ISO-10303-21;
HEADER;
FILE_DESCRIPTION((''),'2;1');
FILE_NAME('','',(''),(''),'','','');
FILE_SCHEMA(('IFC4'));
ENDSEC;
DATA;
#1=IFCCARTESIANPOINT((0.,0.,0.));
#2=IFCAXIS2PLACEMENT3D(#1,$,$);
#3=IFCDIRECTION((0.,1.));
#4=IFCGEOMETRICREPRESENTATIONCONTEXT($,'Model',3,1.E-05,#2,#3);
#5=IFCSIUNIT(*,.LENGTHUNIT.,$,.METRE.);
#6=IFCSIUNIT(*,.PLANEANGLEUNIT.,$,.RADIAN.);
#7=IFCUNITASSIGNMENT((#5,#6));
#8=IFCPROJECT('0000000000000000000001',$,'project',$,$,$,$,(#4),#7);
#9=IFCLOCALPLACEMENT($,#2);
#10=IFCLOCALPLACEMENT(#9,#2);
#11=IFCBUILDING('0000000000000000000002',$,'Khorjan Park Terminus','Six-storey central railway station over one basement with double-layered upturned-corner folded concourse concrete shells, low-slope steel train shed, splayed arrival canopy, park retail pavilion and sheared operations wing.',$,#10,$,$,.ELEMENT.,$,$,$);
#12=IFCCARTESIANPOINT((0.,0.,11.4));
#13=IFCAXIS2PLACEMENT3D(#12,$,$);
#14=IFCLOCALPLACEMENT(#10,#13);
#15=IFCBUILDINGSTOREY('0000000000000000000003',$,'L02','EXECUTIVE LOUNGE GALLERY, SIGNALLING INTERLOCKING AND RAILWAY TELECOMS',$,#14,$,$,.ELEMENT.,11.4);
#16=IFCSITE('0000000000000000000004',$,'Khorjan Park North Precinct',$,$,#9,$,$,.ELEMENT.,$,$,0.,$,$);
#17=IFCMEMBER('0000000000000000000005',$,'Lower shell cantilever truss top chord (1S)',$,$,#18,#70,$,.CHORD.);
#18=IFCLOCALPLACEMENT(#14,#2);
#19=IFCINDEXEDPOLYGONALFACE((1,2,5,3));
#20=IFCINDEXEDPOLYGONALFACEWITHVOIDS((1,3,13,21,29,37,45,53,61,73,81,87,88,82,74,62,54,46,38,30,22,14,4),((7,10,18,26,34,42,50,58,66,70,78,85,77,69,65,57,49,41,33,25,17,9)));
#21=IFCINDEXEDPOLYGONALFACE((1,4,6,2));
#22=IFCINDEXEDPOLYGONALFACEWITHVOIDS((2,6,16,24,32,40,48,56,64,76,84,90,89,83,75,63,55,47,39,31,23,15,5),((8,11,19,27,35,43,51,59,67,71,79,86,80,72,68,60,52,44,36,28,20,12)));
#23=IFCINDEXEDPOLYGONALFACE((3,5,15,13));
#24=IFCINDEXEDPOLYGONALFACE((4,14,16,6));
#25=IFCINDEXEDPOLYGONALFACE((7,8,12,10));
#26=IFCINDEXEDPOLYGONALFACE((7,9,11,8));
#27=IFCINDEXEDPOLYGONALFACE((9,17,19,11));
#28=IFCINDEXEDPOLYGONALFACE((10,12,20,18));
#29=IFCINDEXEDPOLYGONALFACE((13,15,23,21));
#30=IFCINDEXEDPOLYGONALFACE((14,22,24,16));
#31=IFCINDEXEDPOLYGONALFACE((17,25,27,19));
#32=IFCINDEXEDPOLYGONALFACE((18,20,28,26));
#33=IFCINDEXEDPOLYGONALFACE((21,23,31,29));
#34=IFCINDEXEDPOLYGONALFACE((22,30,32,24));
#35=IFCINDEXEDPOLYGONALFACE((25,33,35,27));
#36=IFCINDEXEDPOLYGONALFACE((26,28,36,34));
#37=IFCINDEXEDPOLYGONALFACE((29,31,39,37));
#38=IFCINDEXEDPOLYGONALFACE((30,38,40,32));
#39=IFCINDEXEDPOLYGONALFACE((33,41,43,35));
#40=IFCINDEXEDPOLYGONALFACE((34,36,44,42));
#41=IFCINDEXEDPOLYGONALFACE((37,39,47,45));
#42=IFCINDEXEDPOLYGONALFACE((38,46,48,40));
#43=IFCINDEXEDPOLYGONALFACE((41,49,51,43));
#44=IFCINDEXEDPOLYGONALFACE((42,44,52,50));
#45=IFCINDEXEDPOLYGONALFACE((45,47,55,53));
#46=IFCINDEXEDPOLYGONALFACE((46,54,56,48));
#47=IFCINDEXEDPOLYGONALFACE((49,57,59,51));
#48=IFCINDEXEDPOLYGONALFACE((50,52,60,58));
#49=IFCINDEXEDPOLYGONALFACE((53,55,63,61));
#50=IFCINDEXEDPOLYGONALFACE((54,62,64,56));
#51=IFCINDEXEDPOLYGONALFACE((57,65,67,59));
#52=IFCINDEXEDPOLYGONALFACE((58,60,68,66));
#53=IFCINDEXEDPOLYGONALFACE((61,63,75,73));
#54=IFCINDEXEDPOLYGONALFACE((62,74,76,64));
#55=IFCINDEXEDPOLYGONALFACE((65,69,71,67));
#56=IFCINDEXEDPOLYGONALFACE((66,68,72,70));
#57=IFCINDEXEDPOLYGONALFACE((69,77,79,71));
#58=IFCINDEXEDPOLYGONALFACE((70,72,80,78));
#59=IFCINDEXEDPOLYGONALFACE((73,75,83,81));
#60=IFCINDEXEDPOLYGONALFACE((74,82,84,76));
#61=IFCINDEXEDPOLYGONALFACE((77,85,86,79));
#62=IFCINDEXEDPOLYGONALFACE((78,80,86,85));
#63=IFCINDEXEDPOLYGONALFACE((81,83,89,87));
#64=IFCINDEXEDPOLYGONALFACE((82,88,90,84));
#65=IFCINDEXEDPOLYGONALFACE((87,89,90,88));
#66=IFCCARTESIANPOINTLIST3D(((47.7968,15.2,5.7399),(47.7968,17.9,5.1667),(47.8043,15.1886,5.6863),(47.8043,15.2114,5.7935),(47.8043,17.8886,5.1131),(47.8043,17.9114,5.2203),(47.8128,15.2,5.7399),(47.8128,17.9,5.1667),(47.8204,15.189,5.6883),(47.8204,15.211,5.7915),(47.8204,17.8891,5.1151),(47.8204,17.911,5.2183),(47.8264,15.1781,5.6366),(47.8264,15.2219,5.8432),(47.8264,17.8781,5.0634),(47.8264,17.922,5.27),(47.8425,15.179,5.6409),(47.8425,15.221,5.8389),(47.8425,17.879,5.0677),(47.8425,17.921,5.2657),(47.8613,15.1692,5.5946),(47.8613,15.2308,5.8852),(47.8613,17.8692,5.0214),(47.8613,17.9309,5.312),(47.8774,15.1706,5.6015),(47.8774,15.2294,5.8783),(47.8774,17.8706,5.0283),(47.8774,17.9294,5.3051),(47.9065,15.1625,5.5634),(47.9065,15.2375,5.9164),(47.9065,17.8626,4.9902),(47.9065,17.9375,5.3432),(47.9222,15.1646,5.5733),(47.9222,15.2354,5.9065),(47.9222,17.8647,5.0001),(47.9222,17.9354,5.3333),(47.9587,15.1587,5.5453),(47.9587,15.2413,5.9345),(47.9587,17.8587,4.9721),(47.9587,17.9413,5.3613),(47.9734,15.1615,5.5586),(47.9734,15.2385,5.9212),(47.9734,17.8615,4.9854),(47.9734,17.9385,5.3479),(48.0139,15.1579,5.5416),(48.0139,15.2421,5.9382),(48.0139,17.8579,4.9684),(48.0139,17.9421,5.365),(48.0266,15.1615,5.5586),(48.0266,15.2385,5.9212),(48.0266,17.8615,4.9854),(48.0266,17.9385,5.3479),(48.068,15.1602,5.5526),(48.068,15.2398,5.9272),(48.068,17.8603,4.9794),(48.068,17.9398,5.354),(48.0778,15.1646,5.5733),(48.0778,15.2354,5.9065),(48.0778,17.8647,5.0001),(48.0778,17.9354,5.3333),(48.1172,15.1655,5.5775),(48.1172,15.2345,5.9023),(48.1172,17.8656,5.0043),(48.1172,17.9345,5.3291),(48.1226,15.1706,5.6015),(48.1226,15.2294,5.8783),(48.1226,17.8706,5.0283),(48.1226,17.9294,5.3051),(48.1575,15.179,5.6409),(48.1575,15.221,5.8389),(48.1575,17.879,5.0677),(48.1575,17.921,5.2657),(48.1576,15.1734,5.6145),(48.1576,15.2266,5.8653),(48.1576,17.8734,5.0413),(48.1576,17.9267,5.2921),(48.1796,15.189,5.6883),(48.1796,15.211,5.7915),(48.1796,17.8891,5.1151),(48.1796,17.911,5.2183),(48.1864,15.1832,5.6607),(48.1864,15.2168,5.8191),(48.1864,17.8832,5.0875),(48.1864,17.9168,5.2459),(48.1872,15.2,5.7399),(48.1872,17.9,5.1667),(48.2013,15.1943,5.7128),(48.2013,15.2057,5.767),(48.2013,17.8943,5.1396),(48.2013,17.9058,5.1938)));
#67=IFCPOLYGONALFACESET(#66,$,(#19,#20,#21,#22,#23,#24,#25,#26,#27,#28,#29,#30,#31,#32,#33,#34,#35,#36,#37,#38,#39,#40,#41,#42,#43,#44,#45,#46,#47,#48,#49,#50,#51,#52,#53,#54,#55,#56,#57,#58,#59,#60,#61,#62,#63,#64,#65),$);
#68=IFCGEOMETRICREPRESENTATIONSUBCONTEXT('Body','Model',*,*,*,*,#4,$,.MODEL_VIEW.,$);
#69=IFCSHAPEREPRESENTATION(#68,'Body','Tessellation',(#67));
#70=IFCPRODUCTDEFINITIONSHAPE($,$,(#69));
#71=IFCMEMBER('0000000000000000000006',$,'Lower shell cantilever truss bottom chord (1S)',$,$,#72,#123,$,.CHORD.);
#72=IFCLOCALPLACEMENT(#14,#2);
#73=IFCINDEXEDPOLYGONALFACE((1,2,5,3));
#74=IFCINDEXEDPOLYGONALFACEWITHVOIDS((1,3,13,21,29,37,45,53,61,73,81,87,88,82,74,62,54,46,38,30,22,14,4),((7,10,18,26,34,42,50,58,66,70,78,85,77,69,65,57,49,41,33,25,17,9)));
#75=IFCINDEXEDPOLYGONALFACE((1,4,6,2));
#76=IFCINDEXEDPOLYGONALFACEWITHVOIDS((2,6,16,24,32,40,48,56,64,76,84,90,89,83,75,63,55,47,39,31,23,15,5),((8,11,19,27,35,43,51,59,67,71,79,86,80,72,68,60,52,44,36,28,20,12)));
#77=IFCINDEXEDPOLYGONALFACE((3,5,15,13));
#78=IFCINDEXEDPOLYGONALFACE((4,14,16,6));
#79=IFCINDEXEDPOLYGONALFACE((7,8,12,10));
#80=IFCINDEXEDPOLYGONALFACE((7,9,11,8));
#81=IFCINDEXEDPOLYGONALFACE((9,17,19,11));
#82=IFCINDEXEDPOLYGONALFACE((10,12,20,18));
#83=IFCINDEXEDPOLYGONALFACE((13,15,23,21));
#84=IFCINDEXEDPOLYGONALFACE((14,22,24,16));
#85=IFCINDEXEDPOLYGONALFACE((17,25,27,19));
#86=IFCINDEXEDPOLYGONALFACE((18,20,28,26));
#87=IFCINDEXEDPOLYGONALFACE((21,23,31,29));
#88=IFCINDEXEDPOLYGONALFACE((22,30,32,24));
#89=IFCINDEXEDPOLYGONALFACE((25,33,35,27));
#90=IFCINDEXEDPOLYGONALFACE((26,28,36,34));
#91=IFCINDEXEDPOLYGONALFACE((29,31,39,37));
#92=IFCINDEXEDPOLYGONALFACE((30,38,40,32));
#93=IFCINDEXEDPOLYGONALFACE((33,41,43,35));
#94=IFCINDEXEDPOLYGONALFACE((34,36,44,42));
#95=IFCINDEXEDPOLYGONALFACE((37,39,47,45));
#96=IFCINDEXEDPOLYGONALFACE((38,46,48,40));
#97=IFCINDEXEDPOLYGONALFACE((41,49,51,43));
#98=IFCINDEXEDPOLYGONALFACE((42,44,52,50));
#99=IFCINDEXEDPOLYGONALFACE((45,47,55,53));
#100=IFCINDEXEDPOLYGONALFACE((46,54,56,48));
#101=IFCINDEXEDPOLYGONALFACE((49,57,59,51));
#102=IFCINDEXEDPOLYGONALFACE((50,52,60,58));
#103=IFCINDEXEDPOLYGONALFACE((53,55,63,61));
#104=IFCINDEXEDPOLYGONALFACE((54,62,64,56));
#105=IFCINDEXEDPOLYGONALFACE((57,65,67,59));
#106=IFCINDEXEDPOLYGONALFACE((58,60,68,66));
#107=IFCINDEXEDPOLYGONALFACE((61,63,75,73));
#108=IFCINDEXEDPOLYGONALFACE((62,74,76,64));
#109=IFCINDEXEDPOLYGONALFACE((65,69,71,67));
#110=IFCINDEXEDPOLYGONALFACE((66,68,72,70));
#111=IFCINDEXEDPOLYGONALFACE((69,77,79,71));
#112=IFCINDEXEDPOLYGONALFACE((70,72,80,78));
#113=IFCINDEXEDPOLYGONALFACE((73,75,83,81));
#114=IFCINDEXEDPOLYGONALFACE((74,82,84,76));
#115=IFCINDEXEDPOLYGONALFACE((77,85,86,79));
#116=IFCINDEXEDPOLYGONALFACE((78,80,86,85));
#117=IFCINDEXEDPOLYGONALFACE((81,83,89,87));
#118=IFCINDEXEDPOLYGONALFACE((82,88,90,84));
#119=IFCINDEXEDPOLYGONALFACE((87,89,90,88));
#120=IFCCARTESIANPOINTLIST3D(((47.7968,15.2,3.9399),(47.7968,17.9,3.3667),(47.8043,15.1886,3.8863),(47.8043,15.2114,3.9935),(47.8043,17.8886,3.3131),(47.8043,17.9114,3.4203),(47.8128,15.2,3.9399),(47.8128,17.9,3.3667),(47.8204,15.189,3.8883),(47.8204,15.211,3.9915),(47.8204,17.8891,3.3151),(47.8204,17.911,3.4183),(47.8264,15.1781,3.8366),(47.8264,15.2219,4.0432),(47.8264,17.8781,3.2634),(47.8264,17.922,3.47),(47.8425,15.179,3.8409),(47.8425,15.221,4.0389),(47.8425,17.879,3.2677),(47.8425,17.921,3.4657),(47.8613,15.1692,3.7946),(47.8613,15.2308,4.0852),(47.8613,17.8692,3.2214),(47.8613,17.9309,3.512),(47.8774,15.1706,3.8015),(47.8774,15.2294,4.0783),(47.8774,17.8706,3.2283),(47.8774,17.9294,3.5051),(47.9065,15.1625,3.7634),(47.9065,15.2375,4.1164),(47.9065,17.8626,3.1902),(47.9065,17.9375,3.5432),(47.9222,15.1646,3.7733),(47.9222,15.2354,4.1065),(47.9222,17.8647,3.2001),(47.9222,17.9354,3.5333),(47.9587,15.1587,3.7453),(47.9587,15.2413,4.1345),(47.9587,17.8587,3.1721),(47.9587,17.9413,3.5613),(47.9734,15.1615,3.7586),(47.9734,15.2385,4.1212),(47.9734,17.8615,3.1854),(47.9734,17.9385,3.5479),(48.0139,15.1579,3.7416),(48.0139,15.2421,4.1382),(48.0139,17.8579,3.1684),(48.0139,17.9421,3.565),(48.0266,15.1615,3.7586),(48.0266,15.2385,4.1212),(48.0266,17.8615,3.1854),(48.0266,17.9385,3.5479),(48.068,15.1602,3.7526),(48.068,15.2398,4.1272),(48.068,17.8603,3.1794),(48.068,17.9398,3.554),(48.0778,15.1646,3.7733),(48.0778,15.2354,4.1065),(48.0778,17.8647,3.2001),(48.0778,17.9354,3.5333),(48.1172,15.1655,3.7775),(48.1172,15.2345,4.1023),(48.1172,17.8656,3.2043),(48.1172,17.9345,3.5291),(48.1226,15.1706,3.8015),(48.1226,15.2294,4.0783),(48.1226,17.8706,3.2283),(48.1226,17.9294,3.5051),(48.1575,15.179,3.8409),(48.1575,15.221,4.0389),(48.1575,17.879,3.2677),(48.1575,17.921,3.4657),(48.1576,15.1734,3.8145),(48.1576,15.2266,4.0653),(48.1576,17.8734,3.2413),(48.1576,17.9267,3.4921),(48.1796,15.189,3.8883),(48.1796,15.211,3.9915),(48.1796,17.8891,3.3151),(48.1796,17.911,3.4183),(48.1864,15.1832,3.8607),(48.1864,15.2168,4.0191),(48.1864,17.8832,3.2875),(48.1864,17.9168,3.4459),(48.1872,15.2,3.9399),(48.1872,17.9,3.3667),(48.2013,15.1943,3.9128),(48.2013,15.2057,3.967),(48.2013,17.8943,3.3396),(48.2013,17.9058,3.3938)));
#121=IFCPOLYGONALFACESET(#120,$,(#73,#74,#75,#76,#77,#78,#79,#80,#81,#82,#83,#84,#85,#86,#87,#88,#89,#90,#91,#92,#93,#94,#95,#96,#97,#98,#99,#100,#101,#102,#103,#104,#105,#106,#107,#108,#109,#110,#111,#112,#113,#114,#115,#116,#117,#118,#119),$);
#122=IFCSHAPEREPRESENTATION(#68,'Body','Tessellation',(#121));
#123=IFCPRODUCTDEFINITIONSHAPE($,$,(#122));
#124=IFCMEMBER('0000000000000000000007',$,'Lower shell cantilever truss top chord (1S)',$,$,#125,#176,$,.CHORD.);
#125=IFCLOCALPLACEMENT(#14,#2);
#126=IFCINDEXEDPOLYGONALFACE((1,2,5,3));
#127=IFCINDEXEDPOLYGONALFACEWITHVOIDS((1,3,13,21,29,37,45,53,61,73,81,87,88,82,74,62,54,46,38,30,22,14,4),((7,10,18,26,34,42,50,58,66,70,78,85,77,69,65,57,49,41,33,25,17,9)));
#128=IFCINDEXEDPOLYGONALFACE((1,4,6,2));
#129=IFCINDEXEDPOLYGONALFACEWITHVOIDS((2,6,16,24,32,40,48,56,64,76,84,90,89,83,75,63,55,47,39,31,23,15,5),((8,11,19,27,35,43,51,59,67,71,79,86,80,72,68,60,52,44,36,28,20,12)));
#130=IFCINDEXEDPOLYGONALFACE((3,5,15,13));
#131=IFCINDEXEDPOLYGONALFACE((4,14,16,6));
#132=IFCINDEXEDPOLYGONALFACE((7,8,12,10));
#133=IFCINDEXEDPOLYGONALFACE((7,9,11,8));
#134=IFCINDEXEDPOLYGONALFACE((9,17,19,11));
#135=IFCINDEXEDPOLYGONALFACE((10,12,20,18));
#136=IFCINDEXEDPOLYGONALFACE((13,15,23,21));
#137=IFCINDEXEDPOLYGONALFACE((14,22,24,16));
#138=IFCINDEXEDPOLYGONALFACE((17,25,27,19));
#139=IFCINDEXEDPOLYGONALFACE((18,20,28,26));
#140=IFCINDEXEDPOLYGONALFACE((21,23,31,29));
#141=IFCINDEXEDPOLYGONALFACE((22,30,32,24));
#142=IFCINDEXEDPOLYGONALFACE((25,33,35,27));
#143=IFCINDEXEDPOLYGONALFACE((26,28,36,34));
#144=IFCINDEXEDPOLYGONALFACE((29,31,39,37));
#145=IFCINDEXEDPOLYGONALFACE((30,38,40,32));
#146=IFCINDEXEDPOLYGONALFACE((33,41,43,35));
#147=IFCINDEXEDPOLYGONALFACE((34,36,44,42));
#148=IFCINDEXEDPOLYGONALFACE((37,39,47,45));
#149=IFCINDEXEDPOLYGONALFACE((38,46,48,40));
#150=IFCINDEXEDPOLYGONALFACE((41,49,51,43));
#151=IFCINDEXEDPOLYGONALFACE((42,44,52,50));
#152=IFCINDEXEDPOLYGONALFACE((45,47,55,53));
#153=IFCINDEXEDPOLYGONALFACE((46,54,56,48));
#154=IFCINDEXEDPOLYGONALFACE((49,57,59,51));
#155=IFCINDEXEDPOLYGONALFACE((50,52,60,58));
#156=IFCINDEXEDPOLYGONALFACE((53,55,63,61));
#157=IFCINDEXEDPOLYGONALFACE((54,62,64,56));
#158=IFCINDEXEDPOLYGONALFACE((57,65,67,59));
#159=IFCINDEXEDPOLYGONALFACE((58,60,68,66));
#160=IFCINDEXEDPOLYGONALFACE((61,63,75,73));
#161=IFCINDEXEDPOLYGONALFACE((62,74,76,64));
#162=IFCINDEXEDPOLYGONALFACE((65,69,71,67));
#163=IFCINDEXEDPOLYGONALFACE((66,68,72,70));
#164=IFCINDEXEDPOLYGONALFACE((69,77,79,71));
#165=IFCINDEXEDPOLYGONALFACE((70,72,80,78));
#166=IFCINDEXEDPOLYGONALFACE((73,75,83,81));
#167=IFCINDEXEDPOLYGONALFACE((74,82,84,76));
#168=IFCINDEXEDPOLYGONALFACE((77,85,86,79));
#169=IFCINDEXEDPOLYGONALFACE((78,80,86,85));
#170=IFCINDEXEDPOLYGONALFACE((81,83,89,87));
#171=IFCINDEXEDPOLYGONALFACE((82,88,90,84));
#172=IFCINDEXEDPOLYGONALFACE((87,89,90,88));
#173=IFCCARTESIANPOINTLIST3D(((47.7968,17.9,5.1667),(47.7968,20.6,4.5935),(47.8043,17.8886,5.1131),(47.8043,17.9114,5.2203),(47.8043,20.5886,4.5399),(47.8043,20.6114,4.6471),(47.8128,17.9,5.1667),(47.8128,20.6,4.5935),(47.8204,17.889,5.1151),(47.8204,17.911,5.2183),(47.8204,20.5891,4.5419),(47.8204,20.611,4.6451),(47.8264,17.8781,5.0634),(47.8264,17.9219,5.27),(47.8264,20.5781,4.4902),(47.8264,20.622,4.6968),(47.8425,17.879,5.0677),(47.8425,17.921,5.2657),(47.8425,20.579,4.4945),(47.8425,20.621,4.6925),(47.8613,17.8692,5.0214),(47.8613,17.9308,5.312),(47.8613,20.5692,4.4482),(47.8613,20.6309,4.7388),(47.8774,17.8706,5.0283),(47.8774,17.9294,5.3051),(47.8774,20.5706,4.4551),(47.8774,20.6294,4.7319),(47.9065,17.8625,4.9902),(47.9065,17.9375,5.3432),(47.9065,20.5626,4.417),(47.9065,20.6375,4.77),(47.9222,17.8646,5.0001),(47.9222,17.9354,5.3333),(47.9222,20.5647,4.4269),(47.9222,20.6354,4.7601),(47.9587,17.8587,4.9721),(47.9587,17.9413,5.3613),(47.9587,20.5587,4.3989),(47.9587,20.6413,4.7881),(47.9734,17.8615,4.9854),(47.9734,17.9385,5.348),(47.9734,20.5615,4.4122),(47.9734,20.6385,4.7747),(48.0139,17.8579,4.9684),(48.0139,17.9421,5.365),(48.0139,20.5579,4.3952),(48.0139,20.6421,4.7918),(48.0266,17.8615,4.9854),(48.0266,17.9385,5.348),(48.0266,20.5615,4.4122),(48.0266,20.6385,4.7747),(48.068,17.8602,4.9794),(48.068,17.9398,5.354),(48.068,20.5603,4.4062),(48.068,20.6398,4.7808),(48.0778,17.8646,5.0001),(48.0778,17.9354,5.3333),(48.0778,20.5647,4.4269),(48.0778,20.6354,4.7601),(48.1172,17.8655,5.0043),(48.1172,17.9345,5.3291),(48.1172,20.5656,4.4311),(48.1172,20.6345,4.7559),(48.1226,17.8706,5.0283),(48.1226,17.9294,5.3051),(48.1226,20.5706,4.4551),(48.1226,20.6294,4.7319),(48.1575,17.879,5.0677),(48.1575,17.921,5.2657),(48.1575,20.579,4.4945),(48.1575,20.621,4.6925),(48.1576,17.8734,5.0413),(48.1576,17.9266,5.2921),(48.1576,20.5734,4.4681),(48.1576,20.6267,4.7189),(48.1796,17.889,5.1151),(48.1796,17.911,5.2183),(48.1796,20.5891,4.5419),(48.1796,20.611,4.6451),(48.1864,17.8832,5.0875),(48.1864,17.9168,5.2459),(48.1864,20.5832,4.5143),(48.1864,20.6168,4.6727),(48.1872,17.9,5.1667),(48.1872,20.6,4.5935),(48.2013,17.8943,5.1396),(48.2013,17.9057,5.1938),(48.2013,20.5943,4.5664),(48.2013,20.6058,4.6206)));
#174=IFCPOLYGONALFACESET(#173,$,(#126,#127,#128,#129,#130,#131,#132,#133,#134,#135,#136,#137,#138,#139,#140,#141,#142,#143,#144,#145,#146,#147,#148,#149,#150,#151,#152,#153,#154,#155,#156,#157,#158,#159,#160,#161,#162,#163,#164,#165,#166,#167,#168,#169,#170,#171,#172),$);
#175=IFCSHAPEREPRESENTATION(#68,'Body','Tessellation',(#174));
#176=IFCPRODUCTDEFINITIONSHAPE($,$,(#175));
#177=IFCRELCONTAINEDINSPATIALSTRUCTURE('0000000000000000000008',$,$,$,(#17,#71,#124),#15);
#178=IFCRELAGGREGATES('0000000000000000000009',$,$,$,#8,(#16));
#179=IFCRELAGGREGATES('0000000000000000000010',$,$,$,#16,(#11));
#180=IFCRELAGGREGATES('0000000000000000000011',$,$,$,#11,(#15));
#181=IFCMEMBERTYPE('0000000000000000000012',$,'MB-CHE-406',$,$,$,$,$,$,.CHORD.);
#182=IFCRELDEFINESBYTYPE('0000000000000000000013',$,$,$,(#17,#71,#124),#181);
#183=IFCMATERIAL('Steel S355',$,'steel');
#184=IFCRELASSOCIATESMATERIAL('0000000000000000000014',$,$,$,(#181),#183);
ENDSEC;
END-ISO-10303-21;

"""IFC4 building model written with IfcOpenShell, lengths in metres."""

from ifc_helpers import new_model, si_unit, direction, frame, origin, origin_2d, place, context, subcontext, project, spatial, hollow_circle, extrude, material, material_profile, profile_set, type_object, element, save


model = new_model("IFC4")

# Units and contexts
model_context = context("Model", 3, precision=1e-05, world=origin(), true_north=direction((0.0, 1.0)))
body_context = subcontext(model_context, "Body", "Model", "MODEL_VIEW")
ifc_project = project(units=[si_unit("LENGTHUNIT", "METRE"), si_unit("PLANEANGLEUNIT", "RADIAN")], contexts=[model_context])

# Site, building, storey
site_placement = place(None, origin())
site = spatial("IfcSite", under=ifc_project, at=site_placement, Name="Khorjan Park North Precinct", CompositionType="ELEMENT", RefElevation=0.0)
building_placement = place(site_placement, origin())
building = spatial("IfcBuilding", under=site, at=building_placement, Name="Khorjan Park Terminus", Description="Six-storey central railway station over one basement with double-layered upturned-corner folded concourse concrete shells, low-slope steel train shed, splayed arrival canopy, park retail pavilion and sheared operations wing.", CompositionType="ELEMENT")
storey_placement = place(building_placement, frame((0.0, 0.0, 11.4)))
storey = spatial("IfcBuildingStorey", under=building, at=storey_placement, Name="L02", Description="EXECUTIVE LOUNGE GALLERY, SIGNALLING INTERLOCKING AND RAILWAY TELECOMS", CompositionType="ELEMENT", Elevation=11.4)

# Members
ifc_material_1 = material(Name="Steel S355", Category="steel")
ifc_material_profile_1 = material_profile(ifc_material_1, hollow_circle(Radius=0.2032, WallThickness=0.016, at=origin_2d()), Name="CHS 406.4x16")
ifc_profile_set_1 = profile_set([ifc_material_profile_1], Name="Steel S355")
member_type_1 = type_object("IfcMemberType", Name="MB-CHE-406", PredefinedType="CHORD", material=ifc_profile_set_1)
for number, where, z_axis, x_axis, name in (
    (1, (48.0, 15.2, 5.7399), (0.0, 0.978199, -0.207668), (-1.0, 0.0, 0.0), "Lower shell cantilever truss top chord (1S)"),
    (2, (48.0, 15.2, 3.9399), (0.0, 0.978199, -0.207668), (-1.0, 0.0, 0.0), "Lower shell cantilever truss bottom chord (1S)"),
    (3, (48.0, 17.9, 5.1667), (0.0, 0.978199, -0.207668), (-1.0, 0.0, 0.0), "Lower shell cantilever truss top chord (1S)"),
):
    element("IfcMember", number, at=place(storey_placement, frame(where, z_axis=z_axis, x_axis=x_axis)), inside=storey, type_object=member_type_1, Name=name, PredefinedType="CHORD", context=body_context, shape_type="SweptSolid", body=[
        extrude(hollow_circle(Radius=0.2032, WallThickness=0.016, at=origin_2d()), origin(), (0.0, 0.0, 1.0), 2.7602),
    ])

save(model, "model.ifc")
